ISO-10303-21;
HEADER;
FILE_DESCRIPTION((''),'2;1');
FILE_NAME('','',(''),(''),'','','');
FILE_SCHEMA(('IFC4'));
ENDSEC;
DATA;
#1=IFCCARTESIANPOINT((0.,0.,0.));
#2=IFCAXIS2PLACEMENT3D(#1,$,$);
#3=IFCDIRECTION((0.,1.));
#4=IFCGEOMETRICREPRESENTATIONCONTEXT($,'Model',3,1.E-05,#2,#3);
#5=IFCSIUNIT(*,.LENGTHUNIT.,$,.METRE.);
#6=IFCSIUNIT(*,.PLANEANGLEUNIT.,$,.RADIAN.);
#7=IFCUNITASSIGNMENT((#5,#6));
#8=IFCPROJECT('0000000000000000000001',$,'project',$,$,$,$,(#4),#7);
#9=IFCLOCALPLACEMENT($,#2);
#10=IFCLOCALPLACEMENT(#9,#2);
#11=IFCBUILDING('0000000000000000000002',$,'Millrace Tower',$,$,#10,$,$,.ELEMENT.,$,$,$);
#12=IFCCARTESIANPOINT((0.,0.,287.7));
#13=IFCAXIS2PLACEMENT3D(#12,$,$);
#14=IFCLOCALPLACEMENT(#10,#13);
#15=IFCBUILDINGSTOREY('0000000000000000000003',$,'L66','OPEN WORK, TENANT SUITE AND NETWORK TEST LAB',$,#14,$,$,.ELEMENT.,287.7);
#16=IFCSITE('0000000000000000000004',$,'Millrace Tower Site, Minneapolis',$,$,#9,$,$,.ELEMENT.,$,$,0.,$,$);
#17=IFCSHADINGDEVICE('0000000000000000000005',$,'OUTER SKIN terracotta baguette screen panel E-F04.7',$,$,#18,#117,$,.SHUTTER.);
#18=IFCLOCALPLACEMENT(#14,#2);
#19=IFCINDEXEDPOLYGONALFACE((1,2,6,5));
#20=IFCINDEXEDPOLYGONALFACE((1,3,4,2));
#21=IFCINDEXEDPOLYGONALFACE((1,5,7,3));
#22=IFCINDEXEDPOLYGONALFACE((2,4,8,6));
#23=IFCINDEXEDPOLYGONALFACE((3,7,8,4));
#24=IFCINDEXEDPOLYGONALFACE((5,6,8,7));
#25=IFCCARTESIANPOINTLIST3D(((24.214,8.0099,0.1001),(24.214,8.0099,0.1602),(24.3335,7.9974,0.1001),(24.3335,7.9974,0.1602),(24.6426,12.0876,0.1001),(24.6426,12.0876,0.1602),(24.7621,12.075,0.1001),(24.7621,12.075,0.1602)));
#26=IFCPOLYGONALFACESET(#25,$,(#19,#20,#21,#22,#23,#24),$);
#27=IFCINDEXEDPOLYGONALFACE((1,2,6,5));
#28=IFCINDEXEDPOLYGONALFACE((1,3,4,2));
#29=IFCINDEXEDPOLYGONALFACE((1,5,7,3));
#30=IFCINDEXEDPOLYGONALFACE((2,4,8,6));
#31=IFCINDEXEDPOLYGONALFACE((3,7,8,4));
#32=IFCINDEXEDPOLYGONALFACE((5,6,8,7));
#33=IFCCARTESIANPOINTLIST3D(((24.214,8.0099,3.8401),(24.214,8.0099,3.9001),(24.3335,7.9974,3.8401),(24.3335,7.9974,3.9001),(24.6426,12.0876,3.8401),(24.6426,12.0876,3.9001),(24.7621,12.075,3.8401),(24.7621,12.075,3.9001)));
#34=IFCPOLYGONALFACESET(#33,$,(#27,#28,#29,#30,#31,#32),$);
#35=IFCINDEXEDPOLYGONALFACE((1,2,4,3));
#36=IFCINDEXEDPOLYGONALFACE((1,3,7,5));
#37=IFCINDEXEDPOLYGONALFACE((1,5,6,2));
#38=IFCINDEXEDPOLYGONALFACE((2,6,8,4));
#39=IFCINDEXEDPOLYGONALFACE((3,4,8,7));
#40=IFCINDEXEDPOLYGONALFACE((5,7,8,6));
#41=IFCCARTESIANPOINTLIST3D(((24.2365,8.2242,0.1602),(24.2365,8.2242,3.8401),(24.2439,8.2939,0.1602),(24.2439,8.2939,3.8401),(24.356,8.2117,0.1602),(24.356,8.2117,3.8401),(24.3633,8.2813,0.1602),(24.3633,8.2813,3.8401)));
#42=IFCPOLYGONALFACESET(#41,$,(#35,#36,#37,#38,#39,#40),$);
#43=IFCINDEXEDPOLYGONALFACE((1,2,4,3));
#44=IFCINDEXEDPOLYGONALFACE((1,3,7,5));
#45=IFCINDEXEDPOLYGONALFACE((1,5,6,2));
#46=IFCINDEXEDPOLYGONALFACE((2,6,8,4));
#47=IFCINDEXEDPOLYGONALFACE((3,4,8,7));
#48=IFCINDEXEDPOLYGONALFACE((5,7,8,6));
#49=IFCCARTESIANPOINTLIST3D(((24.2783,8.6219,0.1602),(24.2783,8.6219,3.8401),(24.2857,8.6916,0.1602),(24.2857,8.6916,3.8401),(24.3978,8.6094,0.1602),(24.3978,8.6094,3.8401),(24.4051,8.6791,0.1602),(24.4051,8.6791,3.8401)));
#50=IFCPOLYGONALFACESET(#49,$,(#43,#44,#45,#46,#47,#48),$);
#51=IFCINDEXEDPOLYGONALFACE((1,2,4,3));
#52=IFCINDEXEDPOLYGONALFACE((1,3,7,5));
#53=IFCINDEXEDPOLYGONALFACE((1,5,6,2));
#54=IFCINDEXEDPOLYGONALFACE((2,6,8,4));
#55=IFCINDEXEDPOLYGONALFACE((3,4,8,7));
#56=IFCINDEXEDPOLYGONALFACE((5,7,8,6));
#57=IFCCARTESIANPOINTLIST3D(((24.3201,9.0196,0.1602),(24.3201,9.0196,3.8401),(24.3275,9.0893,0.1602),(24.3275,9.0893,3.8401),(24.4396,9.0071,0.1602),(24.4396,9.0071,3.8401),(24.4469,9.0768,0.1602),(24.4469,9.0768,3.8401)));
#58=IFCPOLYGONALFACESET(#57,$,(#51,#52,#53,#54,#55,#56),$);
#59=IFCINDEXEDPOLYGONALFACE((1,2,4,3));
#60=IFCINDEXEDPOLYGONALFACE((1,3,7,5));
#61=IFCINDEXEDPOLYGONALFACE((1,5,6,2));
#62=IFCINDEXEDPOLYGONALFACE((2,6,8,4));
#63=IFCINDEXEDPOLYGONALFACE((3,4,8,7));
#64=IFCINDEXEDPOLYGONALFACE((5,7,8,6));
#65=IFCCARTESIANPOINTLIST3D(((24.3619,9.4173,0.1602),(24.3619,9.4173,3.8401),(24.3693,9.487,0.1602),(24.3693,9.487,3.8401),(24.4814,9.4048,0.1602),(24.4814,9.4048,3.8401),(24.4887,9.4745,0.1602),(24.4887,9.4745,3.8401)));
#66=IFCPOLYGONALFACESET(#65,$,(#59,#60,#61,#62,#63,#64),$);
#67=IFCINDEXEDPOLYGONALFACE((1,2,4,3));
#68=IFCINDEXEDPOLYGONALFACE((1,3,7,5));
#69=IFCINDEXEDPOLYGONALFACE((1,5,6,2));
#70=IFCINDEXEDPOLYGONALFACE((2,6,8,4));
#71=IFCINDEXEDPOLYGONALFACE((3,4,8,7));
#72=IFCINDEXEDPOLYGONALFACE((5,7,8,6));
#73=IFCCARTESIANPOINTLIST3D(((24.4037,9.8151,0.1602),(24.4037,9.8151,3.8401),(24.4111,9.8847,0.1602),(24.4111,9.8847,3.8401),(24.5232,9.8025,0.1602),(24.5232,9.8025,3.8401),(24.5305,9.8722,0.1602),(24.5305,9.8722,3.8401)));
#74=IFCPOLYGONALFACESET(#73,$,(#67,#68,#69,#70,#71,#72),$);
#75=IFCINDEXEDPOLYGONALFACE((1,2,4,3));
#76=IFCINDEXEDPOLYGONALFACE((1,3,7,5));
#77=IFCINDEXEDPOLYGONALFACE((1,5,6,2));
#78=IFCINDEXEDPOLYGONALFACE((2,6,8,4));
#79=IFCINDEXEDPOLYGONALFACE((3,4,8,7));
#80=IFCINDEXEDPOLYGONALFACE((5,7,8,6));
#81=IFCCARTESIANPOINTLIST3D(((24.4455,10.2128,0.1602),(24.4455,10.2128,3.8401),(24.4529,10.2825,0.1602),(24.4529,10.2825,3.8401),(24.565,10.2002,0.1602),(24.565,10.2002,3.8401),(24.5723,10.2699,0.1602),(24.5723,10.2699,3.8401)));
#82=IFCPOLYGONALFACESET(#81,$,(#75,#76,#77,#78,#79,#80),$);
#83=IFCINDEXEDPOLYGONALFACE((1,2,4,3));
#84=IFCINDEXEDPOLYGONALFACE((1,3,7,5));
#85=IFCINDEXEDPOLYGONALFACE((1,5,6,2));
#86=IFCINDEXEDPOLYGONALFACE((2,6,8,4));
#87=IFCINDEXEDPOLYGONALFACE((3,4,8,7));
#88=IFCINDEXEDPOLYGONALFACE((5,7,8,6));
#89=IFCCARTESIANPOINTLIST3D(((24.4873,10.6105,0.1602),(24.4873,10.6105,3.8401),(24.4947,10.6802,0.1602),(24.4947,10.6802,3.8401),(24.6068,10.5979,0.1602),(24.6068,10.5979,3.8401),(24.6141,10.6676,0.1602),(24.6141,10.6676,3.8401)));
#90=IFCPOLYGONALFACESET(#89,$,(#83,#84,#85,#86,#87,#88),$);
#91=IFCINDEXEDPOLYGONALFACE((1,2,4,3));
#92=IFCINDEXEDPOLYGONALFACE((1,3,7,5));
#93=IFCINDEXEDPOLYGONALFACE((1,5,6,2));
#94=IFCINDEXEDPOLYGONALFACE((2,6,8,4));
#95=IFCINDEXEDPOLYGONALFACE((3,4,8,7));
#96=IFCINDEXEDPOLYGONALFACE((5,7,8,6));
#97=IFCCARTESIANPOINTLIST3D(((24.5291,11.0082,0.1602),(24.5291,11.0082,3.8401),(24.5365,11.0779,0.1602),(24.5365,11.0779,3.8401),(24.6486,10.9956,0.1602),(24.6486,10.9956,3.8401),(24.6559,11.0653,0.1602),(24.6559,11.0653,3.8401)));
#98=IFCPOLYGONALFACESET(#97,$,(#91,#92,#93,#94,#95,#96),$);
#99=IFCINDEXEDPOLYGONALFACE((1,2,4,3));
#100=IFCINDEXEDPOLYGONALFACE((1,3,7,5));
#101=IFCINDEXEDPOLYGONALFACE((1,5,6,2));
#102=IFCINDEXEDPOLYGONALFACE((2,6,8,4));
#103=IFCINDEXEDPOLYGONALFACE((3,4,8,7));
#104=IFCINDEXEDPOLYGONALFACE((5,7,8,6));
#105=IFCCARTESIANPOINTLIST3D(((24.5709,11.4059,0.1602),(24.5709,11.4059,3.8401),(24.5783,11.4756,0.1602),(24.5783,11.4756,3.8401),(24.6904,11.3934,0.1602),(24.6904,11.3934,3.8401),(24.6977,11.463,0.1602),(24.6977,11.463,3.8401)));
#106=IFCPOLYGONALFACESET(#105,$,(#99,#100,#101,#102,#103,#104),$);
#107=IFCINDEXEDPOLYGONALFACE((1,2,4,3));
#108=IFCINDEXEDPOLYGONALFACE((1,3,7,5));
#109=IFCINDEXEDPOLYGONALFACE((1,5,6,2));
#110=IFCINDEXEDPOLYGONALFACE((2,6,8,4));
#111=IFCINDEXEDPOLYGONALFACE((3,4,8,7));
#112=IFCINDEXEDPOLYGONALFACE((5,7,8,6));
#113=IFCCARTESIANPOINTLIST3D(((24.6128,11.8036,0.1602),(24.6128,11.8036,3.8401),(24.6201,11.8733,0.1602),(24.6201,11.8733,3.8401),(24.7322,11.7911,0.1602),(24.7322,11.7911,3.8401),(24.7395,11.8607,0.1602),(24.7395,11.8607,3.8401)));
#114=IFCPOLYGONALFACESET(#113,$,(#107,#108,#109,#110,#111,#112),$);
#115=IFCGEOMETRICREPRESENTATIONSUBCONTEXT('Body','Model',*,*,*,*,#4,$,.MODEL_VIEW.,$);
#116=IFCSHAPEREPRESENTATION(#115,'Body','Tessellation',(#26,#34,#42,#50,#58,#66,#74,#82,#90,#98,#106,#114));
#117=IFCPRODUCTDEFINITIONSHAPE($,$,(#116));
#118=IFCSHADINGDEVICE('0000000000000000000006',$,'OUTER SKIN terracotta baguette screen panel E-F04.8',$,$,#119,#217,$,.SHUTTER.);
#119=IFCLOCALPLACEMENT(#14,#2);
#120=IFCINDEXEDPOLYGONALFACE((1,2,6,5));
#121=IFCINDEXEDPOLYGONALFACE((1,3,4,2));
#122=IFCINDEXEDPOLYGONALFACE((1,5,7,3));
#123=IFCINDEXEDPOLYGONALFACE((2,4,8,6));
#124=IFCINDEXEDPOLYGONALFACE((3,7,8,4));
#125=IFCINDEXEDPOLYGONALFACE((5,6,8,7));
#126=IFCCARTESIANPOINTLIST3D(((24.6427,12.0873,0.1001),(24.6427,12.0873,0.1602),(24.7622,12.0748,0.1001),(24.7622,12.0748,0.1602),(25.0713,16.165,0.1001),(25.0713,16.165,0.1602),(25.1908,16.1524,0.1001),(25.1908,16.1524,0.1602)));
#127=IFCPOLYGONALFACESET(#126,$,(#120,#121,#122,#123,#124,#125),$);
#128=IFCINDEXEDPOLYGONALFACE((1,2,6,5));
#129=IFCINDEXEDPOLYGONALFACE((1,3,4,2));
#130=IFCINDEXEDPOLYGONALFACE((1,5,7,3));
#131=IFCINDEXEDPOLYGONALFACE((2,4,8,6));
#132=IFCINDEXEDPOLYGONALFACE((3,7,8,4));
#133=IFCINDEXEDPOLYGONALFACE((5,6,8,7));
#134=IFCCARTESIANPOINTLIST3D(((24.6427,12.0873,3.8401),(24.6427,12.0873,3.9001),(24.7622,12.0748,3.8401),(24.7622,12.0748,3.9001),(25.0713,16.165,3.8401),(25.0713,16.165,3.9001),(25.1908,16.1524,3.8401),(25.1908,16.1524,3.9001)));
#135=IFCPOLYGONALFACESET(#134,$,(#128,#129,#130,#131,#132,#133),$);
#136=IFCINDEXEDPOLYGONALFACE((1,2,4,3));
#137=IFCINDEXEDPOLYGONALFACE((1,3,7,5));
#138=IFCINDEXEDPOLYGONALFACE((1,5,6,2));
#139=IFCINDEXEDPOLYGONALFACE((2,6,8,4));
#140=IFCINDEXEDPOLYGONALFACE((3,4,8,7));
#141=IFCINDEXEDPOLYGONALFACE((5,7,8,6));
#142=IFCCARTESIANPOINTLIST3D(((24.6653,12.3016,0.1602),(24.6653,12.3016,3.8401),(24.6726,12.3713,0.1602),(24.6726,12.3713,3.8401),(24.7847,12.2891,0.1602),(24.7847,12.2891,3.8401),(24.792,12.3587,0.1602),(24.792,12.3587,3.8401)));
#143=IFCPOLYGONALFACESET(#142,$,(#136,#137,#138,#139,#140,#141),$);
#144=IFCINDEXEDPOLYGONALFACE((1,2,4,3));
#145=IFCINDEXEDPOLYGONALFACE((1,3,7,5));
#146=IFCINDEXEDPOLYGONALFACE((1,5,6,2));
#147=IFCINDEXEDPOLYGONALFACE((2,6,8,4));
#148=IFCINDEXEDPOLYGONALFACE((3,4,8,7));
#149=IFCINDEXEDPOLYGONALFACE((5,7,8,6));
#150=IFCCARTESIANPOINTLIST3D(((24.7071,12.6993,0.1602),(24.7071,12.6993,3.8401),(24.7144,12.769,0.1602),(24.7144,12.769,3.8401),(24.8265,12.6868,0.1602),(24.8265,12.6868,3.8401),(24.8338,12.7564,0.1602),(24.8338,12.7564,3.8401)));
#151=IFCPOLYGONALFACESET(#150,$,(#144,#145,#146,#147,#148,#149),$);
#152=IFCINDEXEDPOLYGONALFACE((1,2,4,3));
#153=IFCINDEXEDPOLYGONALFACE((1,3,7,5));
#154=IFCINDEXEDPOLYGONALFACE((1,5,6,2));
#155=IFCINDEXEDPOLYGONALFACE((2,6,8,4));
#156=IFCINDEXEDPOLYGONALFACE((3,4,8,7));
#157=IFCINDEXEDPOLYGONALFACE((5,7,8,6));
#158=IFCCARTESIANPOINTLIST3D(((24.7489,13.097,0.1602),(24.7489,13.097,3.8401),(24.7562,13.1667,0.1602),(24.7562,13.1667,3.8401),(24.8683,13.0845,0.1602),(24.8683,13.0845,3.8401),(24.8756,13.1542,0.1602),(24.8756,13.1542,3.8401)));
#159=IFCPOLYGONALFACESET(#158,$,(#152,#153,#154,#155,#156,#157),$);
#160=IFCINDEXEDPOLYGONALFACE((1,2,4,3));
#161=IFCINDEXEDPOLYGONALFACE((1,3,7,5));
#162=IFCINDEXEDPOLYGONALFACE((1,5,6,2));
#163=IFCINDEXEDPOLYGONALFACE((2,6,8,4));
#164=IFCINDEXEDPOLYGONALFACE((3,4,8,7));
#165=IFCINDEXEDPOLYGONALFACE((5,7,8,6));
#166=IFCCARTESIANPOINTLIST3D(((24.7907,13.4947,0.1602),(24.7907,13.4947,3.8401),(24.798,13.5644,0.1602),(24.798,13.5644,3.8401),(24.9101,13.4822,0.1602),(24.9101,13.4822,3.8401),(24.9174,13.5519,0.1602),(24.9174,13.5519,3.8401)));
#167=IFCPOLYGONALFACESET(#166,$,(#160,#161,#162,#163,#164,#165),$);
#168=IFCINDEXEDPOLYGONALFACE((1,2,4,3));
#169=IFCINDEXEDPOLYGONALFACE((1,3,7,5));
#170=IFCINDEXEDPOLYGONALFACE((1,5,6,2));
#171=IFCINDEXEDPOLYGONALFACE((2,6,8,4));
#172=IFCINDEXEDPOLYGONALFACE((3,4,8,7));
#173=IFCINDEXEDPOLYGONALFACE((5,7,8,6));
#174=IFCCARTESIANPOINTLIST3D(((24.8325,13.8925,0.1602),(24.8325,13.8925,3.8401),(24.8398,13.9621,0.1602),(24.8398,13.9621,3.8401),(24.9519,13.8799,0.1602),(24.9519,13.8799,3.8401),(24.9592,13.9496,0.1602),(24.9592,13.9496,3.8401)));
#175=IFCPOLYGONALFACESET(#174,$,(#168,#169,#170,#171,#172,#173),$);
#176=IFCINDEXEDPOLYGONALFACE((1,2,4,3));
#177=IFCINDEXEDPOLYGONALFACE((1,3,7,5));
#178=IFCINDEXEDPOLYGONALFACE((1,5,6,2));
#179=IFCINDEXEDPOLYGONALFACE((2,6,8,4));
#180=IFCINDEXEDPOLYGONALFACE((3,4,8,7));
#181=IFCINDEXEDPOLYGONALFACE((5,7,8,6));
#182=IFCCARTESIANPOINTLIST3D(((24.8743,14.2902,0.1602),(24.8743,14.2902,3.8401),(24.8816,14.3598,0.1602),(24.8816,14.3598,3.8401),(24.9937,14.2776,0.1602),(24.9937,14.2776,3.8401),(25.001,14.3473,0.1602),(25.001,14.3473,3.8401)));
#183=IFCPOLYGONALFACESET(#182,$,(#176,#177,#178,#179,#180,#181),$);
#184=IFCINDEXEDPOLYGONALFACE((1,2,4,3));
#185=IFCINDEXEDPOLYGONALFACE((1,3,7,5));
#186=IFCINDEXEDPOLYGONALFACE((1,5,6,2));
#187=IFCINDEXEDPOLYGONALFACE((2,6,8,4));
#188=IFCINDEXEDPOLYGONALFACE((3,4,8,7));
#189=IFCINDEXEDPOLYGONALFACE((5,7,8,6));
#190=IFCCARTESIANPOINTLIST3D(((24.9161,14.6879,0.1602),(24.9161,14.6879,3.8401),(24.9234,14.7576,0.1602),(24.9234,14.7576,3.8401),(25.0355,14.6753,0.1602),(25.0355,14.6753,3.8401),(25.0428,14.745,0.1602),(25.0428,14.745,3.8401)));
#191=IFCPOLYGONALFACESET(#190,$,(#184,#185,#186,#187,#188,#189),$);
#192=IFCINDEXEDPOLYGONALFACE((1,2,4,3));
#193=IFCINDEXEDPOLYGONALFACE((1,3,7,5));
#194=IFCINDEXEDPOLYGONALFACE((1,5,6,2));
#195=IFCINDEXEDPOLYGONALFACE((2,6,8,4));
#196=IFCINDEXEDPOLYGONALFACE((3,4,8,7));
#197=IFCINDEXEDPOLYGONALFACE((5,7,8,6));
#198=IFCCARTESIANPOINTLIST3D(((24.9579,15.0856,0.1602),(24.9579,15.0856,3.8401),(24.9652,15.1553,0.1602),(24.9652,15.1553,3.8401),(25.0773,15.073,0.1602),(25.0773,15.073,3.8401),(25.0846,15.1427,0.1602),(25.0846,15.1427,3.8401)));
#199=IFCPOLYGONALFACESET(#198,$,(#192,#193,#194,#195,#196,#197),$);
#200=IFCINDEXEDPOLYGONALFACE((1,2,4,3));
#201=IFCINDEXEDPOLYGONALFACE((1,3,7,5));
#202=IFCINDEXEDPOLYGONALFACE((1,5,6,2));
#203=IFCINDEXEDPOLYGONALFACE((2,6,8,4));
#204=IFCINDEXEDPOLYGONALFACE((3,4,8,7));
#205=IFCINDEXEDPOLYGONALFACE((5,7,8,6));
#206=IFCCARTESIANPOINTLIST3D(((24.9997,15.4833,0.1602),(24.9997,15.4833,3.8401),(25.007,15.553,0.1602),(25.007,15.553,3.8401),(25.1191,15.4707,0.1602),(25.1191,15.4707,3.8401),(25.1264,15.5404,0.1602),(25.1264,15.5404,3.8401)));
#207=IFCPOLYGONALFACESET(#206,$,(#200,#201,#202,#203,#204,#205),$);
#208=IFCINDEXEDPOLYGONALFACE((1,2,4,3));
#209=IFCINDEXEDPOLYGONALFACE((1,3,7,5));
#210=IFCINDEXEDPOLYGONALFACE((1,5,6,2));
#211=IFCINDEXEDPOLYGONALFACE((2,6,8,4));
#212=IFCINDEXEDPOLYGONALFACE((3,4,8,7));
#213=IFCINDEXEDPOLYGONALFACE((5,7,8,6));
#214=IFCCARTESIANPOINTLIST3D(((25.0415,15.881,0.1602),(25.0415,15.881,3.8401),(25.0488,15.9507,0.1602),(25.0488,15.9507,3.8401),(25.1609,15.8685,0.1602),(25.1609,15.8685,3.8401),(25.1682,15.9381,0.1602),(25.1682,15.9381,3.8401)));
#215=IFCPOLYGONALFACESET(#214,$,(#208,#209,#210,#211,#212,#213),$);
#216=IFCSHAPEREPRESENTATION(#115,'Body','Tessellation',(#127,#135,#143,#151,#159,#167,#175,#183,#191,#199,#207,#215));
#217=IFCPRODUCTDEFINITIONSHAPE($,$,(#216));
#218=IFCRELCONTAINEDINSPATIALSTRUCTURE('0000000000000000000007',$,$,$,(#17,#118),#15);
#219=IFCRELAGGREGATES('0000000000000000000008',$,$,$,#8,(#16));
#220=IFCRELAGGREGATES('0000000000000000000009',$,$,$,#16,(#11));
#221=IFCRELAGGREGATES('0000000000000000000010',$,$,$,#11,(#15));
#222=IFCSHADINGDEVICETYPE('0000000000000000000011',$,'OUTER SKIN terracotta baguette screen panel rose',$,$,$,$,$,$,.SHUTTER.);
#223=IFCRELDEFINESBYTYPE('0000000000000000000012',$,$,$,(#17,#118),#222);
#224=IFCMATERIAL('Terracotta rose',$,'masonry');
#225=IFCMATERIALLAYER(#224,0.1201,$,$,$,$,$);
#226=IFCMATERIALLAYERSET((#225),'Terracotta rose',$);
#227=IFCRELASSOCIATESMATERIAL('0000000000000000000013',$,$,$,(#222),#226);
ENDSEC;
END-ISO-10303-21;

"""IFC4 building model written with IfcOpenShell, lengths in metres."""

from ifc_helpers import new_model, entity, si_unit, direction, frame, frame_2d, origin, place, context, subcontext, project, spatial, rectangle, extrude, source, transform, mapped, material, layer, layer_set, type_object, element, save


model = new_model("IFC4")

# Units and contexts
model_context = context("Model", 3, precision=1e-05, world=origin(), true_north=direction((0.0, 1.0)))
body_context = subcontext(model_context, "Body", "Model", "MODEL_VIEW")
ifc_project = project(units=[si_unit("LENGTHUNIT", "METRE"), si_unit("PLANEANGLEUNIT", "RADIAN")], contexts=[model_context])

# Site, building, storey
site_placement = place(None, origin())
site = spatial("IfcSite", under=ifc_project, at=site_placement, Name="Millrace Tower Site, Minneapolis", CompositionType="ELEMENT", RefElevation=0.0)
building_placement = place(site_placement, origin())
building = spatial("IfcBuilding", under=site, at=building_placement, Name="Millrace Tower", CompositionType="ELEMENT")
storey_placement = place(building_placement, frame((0.0, 0.0, 287.7)))
storey = spatial("IfcBuildingStorey", under=building, at=storey_placement, Name="L66", Description="OPEN WORK, TENANT SUITE AND NETWORK TEST LAB", CompositionType="ELEMENT", Elevation=287.7)

# Shading devices
ifc_material_1 = material(Name="Terracotta rose", Category="masonry")
ifc_layer_1 = layer(ifc_material_1, 0.1201)
ifc_layer_set_1 = layer_set([ifc_layer_1], Name="Terracotta rose")
shading_device_type = type_object("IfcShadingDeviceType", Name="OUTER SKIN terracotta baguette screen panel rose", PredefinedType="SHUTTER", material=ifc_layer_set_1)
cartesian_point_1 = entity("IfcCartesianPoint", [-2.05, 0.0601])
shared_polyline_1 = entity("IfcPolyline", [cartesian_point_1, entity("IfcCartesianPoint", [2.05, 0.0601]), entity("IfcCartesianPoint", [2.05, -0.0601]), entity("IfcCartesianPoint", [-2.05, -0.0601]), cartesian_point_1])
shared_shape_1 = source(origin(), body_context, "Body", "SweptSolid", [
    entity("IfcExtrudedAreaSolid", entity("IfcArbitraryClosedProfileDef", "AREA", None, shared_polyline_1), entity("IfcAxis2Placement3D", entity("IfcCartesianPoint", [0.0, 0.0, 0.0])), entity("IfcDirection", [0.0, 0.0, 1.0]), 0.0601),
    entity("IfcExtrudedAreaSolid", entity("IfcArbitraryClosedProfileDef", "AREA", None, shared_polyline_1), entity("IfcAxis2Placement3D", entity("IfcCartesianPoint", [0.0, 0.0, 3.74])), entity("IfcDirection", [0.0, 0.0, 1.0]), 0.0601),
    extrude(rectangle(XDim=0.0701, YDim=0.1201, at=frame_2d((-1.7996, 0.0))), frame((0.0, 0.0, 0.0601)), (0.0, 0.0, 1.0), 3.6799),
    extrude(rectangle(XDim=0.0701, YDim=0.1201, at=frame_2d((-1.3997, 0.0))), frame((0.0, 0.0, 0.0601)), (0.0, 0.0, 1.0), 3.6799),
    extrude(rectangle(XDim=0.0701, YDim=0.1201, at=frame_2d((-0.9998, 0.0))), frame((0.0, 0.0, 0.0601)), (0.0, 0.0, 1.0), 3.6799),
    extrude(rectangle(XDim=0.0701, YDim=0.1201, at=frame_2d((-0.5999, 0.0))), frame((0.0, 0.0, 0.0601)), (0.0, 0.0, 1.0), 3.6799),
    extrude(rectangle(XDim=0.0701, YDim=0.1201, at=frame_2d((-0.2, 0.0))), frame((0.0, 0.0, 0.0601)), (0.0, 0.0, 1.0), 3.6799),
    extrude(rectangle(XDim=0.0701, YDim=0.1201, at=frame_2d((0.2, 0.0))), frame((0.0, 0.0, 0.0601)), (0.0, 0.0, 1.0), 3.6799),
    extrude(rectangle(XDim=0.0701, YDim=0.1201, at=frame_2d((0.5999, 0.0))), frame((0.0, 0.0, 0.0601)), (0.0, 0.0, 1.0), 3.6799),
    extrude(rectangle(XDim=0.0701, YDim=0.1201, at=frame_2d((0.9998, 0.0))), frame((0.0, 0.0, 0.0601)), (0.0, 0.0, 1.0), 3.6799),
    extrude(rectangle(XDim=0.0701, YDim=0.1201, at=frame_2d((1.3997, 0.0))), frame((0.0, 0.0, 0.0601)), (0.0, 0.0, 1.0), 3.6799),
    extrude(rectangle(XDim=0.0701, YDim=0.1201, at=frame_2d((1.7996, 0.0))), frame((0.0, 0.0, 0.0601)), (0.0, 0.0, 1.0), 3.6799),
])
for number, where, z_axis, x_axis, name in (
    (1, (24.488, 10.0425, 0.1001), (0.0, 0.0, 1.0), (0.104528, 0.994522, 0.0), "OUTER SKIN terracotta baguette screen panel E-F04.7"),
    (2, (24.9167, 14.1199, 0.1001), (0.0, 0.0, 1.0), (0.104528, 0.994522, 0.0), "OUTER SKIN terracotta baguette screen panel E-F04.8"),
):
    element("IfcShadingDevice", number, at=place(storey_placement, frame(where, z_axis=z_axis, x_axis=x_axis)), inside=storey, type_object=shading_device_type, Name=name, PredefinedType="SHUTTER", context=body_context, shape_type="MappedRepresentation", body=[
        mapped(shared_shape_1, transform((0.0, 0.0, 0.0), scale=1.0)),
    ])

save(model, "model.ifc")
